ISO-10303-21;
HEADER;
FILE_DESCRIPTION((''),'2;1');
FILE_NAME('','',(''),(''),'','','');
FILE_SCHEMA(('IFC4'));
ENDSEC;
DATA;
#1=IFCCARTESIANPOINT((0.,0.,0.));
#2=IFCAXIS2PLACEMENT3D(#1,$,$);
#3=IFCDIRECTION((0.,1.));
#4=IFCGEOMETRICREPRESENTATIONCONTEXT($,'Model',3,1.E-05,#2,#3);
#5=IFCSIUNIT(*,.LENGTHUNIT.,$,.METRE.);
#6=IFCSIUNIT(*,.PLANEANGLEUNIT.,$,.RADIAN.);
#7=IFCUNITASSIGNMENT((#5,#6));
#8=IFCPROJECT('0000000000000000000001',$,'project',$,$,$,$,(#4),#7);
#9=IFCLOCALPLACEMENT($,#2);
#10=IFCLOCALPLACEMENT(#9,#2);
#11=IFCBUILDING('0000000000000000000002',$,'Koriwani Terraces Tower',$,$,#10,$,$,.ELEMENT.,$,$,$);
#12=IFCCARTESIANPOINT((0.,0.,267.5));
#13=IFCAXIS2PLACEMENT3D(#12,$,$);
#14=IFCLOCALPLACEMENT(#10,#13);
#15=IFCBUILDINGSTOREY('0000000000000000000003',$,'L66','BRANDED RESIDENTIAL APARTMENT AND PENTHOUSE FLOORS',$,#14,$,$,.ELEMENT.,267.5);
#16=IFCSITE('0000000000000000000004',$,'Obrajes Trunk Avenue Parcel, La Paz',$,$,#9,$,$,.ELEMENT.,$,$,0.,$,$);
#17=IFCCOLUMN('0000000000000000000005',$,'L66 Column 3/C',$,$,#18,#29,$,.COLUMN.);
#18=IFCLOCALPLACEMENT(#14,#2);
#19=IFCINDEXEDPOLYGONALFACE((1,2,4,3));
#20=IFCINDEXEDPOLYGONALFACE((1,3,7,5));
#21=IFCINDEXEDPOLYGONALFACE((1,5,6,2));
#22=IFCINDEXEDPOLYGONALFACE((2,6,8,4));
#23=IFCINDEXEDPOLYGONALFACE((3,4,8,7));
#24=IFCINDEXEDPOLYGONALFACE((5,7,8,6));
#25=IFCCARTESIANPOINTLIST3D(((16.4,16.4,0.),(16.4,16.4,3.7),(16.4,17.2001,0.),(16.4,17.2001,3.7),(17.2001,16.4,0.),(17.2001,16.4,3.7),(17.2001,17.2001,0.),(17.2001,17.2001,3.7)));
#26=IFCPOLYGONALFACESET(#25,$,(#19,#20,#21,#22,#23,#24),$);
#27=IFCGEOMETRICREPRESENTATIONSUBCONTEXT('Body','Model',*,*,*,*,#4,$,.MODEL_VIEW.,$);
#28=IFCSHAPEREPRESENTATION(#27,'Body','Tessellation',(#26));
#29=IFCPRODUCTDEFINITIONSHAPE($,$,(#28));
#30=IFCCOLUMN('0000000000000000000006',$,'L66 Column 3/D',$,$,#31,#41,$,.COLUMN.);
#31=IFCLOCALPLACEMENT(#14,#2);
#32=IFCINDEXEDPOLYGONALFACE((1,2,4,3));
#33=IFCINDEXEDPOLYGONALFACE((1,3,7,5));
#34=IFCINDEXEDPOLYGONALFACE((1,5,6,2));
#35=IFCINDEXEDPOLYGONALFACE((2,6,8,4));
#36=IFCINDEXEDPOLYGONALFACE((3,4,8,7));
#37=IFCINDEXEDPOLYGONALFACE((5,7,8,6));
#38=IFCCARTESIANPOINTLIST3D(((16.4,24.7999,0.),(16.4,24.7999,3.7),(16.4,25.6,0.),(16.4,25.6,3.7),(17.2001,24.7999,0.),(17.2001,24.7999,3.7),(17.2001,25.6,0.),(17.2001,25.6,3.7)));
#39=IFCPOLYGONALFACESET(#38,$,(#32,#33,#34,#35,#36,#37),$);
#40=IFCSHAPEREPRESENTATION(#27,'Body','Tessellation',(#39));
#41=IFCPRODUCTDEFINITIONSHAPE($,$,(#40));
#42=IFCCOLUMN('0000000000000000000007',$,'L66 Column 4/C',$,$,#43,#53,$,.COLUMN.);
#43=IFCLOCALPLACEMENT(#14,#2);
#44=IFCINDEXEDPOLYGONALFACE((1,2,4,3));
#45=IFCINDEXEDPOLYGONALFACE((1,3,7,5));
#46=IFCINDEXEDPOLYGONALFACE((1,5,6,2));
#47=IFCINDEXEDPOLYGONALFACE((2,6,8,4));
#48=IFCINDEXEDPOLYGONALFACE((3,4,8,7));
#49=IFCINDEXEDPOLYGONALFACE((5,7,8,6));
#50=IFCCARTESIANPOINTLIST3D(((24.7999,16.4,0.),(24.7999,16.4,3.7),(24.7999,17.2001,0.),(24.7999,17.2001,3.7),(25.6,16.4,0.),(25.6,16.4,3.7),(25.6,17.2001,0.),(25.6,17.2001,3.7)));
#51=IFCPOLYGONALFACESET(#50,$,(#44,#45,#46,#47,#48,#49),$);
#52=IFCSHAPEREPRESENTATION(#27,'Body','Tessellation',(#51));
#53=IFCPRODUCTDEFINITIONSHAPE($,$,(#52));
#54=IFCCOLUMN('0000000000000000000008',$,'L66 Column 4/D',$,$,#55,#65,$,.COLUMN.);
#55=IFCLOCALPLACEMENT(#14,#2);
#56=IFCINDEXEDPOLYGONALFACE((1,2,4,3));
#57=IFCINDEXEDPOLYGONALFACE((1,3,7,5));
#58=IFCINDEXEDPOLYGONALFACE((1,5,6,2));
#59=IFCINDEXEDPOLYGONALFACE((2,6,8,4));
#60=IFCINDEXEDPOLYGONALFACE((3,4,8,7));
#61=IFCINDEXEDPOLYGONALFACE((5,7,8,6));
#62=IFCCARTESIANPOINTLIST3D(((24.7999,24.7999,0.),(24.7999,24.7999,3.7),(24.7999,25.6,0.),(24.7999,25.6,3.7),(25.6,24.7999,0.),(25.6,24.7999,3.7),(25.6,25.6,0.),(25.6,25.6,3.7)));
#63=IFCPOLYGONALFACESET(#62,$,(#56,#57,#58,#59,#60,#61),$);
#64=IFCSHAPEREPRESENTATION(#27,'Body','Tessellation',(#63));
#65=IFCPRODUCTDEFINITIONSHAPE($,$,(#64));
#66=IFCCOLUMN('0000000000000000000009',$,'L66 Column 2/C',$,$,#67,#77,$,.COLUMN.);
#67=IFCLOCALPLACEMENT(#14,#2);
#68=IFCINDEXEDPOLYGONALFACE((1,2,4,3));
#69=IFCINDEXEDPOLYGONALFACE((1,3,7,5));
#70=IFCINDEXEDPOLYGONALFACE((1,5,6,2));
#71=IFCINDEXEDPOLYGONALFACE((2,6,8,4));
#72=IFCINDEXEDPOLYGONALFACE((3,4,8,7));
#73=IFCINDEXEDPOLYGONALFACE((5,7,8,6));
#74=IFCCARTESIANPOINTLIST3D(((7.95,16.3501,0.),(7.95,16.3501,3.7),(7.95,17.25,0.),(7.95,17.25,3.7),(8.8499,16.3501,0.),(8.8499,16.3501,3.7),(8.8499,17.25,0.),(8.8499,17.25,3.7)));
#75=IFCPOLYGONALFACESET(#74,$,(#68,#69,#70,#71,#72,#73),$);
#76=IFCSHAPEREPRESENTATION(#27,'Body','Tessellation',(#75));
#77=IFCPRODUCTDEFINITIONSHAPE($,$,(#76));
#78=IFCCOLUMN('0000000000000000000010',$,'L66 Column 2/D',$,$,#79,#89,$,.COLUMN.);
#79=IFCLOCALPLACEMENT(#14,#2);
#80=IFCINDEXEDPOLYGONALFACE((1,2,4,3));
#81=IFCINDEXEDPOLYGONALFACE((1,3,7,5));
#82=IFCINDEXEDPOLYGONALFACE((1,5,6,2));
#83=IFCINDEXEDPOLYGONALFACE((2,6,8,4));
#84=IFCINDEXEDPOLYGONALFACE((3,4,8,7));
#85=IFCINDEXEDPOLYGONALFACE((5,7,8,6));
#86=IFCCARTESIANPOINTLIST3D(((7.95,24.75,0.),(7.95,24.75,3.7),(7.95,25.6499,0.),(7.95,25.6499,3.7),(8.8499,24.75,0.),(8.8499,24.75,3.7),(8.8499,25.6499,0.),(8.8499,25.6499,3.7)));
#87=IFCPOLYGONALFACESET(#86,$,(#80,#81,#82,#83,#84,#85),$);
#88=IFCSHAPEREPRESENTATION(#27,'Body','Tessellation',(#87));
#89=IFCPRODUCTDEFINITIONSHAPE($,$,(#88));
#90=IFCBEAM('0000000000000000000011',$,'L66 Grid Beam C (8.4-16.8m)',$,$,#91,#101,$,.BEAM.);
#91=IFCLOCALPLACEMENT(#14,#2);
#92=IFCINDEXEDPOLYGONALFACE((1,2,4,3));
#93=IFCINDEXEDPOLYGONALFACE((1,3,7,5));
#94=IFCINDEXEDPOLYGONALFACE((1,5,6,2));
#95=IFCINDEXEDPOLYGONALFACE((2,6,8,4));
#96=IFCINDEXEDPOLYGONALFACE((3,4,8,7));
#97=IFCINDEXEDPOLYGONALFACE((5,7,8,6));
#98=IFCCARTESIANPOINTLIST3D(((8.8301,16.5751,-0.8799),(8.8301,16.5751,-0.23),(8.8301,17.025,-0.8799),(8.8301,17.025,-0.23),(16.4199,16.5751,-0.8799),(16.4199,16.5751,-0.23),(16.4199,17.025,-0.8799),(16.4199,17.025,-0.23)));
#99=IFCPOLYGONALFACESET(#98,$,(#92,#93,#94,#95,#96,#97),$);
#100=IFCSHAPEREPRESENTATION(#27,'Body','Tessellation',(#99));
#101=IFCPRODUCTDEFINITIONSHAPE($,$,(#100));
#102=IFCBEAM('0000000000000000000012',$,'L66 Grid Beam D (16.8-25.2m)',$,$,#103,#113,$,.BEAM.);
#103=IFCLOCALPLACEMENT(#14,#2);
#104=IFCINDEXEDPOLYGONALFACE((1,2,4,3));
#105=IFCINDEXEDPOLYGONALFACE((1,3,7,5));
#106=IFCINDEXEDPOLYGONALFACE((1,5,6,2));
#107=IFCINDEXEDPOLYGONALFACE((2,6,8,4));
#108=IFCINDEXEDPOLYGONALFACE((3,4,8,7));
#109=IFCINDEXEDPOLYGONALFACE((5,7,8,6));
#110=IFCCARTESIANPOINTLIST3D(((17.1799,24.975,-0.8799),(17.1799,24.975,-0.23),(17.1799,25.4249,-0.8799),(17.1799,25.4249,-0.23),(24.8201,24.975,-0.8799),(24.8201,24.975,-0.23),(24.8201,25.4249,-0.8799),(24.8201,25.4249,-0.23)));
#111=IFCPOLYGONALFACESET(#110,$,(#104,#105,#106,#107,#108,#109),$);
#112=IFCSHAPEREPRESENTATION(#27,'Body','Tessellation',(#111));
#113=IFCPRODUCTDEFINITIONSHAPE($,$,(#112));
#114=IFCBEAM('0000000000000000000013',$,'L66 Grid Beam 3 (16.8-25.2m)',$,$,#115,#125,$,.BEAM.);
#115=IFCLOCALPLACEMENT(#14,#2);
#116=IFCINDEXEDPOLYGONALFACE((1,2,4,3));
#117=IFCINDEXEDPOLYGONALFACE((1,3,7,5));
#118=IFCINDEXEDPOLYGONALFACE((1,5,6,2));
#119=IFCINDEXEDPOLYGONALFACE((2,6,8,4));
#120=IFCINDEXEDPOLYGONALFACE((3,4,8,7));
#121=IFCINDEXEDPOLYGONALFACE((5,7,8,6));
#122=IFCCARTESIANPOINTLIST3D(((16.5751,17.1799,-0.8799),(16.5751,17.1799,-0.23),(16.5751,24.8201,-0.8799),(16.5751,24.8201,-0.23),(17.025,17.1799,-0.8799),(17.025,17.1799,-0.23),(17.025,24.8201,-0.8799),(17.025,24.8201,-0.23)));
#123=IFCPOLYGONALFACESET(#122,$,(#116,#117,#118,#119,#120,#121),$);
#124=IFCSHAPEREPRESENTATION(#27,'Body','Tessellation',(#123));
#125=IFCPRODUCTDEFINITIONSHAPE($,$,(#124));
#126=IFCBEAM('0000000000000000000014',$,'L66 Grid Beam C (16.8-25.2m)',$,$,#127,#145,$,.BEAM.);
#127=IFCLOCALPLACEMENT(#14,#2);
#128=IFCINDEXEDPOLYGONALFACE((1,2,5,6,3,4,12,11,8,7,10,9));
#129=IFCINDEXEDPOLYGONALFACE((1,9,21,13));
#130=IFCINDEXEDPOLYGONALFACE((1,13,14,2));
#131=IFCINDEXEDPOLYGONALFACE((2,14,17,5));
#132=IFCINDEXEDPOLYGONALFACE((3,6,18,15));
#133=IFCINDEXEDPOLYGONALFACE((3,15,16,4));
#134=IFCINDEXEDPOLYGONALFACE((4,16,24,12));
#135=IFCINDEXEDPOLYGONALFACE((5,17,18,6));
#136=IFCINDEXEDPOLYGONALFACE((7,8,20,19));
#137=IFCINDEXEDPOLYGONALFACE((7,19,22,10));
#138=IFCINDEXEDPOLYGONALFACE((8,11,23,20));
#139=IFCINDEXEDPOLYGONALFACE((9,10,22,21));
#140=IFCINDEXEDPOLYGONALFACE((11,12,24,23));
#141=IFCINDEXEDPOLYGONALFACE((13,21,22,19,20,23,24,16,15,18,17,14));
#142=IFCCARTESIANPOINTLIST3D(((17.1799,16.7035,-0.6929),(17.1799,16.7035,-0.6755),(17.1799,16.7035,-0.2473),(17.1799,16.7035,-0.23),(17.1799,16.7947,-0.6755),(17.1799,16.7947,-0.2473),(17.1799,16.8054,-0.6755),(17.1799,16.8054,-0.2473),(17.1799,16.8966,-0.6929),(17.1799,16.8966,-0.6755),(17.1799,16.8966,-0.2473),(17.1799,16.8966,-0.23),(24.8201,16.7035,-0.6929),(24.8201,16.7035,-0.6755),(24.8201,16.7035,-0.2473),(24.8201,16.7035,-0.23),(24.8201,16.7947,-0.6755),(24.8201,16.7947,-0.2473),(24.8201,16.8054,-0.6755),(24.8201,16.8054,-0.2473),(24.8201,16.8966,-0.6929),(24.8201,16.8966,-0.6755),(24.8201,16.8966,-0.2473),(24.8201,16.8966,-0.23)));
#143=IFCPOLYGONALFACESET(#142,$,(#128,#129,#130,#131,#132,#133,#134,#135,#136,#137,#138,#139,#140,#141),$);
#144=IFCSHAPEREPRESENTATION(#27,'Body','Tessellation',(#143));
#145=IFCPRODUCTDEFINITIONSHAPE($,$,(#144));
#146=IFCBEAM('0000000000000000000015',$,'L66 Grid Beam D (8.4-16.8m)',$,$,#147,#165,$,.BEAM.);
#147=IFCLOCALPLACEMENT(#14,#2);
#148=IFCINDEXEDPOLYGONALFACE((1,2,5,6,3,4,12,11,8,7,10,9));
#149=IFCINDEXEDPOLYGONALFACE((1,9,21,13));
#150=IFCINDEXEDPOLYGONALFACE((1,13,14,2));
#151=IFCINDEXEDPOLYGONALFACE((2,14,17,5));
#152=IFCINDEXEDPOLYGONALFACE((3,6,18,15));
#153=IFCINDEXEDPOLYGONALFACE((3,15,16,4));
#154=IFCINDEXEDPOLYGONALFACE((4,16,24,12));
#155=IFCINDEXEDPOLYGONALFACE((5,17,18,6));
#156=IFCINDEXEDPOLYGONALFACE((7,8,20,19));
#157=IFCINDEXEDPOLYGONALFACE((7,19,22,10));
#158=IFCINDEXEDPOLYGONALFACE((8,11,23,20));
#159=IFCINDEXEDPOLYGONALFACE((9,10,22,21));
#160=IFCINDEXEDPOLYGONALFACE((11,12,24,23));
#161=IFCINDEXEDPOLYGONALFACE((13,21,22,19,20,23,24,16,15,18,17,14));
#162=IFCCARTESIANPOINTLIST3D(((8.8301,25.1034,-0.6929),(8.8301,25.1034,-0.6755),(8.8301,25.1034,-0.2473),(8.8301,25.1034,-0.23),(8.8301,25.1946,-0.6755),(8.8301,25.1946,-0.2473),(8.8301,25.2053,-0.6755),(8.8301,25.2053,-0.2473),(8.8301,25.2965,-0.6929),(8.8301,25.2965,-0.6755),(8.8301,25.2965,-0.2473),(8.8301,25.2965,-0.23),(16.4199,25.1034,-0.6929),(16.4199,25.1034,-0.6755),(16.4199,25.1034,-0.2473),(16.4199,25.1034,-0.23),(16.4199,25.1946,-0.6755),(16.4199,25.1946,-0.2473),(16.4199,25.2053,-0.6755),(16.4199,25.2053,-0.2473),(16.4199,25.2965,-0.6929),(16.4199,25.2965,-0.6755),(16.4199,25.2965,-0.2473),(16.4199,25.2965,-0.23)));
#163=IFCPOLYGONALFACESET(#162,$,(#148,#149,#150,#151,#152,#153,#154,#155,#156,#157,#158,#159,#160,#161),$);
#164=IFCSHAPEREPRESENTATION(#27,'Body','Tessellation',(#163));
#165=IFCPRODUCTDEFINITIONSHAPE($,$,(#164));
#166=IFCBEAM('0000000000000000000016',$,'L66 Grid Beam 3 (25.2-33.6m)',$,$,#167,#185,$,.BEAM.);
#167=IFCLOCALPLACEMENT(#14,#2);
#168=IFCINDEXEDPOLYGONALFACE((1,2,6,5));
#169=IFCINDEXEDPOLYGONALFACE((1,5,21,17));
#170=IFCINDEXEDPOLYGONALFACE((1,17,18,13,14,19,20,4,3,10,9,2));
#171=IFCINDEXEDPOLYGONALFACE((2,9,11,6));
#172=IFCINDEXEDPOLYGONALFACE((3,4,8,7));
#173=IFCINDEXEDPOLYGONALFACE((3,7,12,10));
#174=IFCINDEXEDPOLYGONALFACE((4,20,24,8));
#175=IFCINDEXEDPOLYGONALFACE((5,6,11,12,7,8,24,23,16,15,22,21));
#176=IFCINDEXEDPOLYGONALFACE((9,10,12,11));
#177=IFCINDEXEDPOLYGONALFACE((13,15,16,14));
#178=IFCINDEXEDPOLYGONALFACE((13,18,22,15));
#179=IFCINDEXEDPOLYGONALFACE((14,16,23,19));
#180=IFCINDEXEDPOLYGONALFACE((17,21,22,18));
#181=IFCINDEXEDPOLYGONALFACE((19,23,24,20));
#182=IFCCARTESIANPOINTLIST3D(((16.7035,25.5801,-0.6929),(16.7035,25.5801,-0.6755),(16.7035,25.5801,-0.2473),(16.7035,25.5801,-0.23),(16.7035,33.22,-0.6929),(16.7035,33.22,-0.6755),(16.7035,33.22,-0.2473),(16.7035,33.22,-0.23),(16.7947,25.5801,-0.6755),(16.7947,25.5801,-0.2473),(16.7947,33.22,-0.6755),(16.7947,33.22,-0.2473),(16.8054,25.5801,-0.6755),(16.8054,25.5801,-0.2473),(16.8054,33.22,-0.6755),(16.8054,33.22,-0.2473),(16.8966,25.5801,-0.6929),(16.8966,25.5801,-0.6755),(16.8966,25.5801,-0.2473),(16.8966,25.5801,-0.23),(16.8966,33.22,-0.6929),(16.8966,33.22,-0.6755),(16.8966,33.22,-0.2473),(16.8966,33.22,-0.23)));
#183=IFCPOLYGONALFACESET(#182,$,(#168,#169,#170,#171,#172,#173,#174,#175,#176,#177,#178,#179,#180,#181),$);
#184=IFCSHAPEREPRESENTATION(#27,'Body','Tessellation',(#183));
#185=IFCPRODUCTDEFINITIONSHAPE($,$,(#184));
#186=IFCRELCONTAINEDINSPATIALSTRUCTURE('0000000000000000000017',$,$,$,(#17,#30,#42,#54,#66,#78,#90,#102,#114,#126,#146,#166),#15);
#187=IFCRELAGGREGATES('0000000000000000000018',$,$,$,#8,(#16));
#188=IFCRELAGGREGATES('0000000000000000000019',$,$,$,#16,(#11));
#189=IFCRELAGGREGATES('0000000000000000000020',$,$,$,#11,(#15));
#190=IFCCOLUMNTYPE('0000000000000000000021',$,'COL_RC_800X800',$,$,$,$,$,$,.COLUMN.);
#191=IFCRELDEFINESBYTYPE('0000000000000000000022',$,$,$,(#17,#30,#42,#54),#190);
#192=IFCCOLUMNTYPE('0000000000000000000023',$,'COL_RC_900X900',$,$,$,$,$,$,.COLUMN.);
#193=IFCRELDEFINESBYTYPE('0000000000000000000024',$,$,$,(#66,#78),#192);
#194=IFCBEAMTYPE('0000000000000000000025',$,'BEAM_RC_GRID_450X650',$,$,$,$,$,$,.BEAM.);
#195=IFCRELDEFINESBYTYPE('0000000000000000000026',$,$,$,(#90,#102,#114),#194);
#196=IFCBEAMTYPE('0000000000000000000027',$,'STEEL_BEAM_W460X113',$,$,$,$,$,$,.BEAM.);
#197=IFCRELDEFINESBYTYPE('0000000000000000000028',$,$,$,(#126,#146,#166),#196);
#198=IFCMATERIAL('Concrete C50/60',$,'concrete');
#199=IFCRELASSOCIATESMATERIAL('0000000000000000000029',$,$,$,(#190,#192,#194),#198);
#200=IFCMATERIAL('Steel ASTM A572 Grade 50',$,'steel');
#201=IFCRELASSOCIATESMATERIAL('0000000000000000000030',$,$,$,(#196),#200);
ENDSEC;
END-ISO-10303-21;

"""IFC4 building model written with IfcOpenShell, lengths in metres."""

from ifc_helpers import new_model, si_unit, direction, frame, origin, origin_2d, place, context, subcontext, project, spatial, rectangle, i_section, extrude, material, material_profile, profile_set, type_object, element, save


model = new_model("IFC4")

# Units and contexts
model_context = context("Model", 3, precision=1e-05, world=origin(), true_north=direction((0.0, 1.0)))
body_context = subcontext(model_context, "Body", "Model", "MODEL_VIEW")
ifc_project = project(units=[si_unit("LENGTHUNIT", "METRE"), si_unit("PLANEANGLEUNIT", "RADIAN")], contexts=[model_context])

# Site, building, storey
site_placement = place(None, origin())
site = spatial("IfcSite", under=ifc_project, at=site_placement, Name="Obrajes Trunk Avenue Parcel, La Paz", CompositionType="ELEMENT", RefElevation=0.0)
building_placement = place(site_placement, origin())
building = spatial("IfcBuilding", under=site, at=building_placement, Name="Koriwani Terraces Tower", CompositionType="ELEMENT")
storey_placement = place(building_placement, frame((0.0, 0.0, 267.5)))
storey = spatial("IfcBuildingStorey", under=building, at=storey_placement, Name="L66", Description="BRANDED RESIDENTIAL APARTMENT AND PENTHOUSE FLOORS", CompositionType="ELEMENT", Elevation=267.5)

# Columns
ifc_material_1 = material(Name="Concrete C50/60", Category="concrete")
ifc_material_profile_1 = material_profile(ifc_material_1, rectangle(XDim=0.8, YDim=0.8, at=origin_2d()), Name="Concrete C50/60", Category="LoadBearing")
ifc_profile_set_1 = profile_set([ifc_material_profile_1], Name="Concrete C50/60")
column_type_1 = type_object("IfcColumnType", Name="COL_RC_800X800", PredefinedType="COLUMN", material=ifc_profile_set_1)
for number, where, z_axis, x_axis, name in (
    (1, (16.8, 16.8, 0.0), (0.0, 0.0, 1.0), (1.0, 0.0, 0.0), "L66 Column 3/C"),
    (2, (16.8, 25.2, 0.0), (0.0, 0.0, 1.0), (1.0, 0.0, 0.0), "L66 Column 3/D"),
    (3, (25.2, 16.8, 0.0), (0.0, 0.0, 1.0), (1.0, 0.0, 0.0), "L66 Column 4/C"),
    (4, (25.2, 25.2, 0.0), (0.0, 0.0, 1.0), (1.0, 0.0, 0.0), "L66 Column 4/D"),
):
    element("IfcColumn", number, at=place(storey_placement, frame(where, z_axis=z_axis, x_axis=x_axis)), inside=storey, type_object=column_type_1, Name=name, PredefinedType="COLUMN", context=body_context, shape_type="SweptSolid", body=[
        extrude(rectangle(XDim=0.8, YDim=0.8, at=origin_2d()), origin(), (0.0, 0.0, 1.0), 3.7),
    ])
ifc_material_profile_2 = material_profile(ifc_material_1, rectangle(XDim=0.8999, YDim=0.8999, at=origin_2d()), Name="Concrete C50/60", Category="LoadBearing")
ifc_profile_set_2 = profile_set([ifc_material_profile_2], Name="Concrete C50/60")
column_type_2 = type_object("IfcColumnType", Name="COL_RC_900X900", PredefinedType="COLUMN", material=ifc_profile_set_2)
for number, where, z_axis, x_axis, name in (
    (5, (8.3999, 16.8, 0.0), (0.0, 0.0, 1.0), (1.0, 0.0, 0.0), "L66 Column 2/C"),
    (6, (8.3999, 25.2, 0.0), (0.0, 0.0, 1.0), (1.0, 0.0, 0.0), "L66 Column 2/D"),
):
    element("IfcColumn", number, at=place(storey_placement, frame(where, z_axis=z_axis, x_axis=x_axis)), inside=storey, type_object=column_type_2, Name=name, PredefinedType="COLUMN", context=body_context, shape_type="SweptSolid", body=[
        extrude(rectangle(XDim=0.8999, YDim=0.8999, at=origin_2d()), origin(), (0.0, 0.0, 1.0), 3.7),
    ])

# Beams
ifc_material_profile_3 = material_profile(ifc_material_1, rectangle(XDim=0.45, YDim=0.6499, at=origin_2d()), Name="Concrete C50/60", Category="LoadBearing")
ifc_profile_set_3 = profile_set([ifc_material_profile_3], Name="Concrete C50/60")
beam_type_1 = type_object("IfcBeamType", Name="BEAM_RC_GRID_450X650", PredefinedType="BEAM", material=ifc_profile_set_3)
beam_1_placement = place(storey_placement, frame((8.8301, 16.8, -0.5549), z_axis=(1.0, 0.0, 0.0), x_axis=(0.0, 1.0, 0.0)))
element("IfcBeam", 7, at=beam_1_placement, inside=storey, type_object=beam_type_1, Name="L66 Grid Beam C (8.4-16.8m)", PredefinedType="BEAM", context=body_context, shape_type="SweptSolid", body=[
    extrude(rectangle(XDim=0.45, YDim=0.6499, at=origin_2d()), origin(), (0.0, 0.0, 1.0), 7.5898),
])
for number, where, z_axis, x_axis, name in (
    (8, (17.1799, 25.2, -0.5549), (1.0, 0.0, 0.0), (0.0, 1.0, 0.0), "L66 Grid Beam D (16.8-25.2m)"),
    (9, (16.8, 17.1799, -0.5549), (0.0, 1.0, 0.0), (-1.0, 0.0, 0.0), "L66 Grid Beam 3 (16.8-25.2m)"),
):
    element("IfcBeam", number, at=place(storey_placement, frame(where, z_axis=z_axis, x_axis=x_axis)), inside=storey, type_object=beam_type_1, Name=name, PredefinedType="BEAM", context=body_context, shape_type="SweptSolid", body=[
        extrude(rectangle(XDim=0.45, YDim=0.6499, at=origin_2d()), origin(), (0.0, 0.0, 1.0), 7.6401),
    ])
ifc_material_2 = material(Name="Steel ASTM A572 Grade 50", Category="steel")
ifc_material_profile_4 = material_profile(ifc_material_2, i_section(OverallWidth=0.1931, OverallDepth=0.4629, WebThickness=0.0107, FlangeThickness=0.0173, at=origin_2d()), Name="Steel ASTM A572 Grade 50", Category="LoadBearing")
ifc_profile_set_4 = profile_set([ifc_material_profile_4], Name="Steel ASTM A572 Grade 50")
beam_type_2 = type_object("IfcBeamType", Name="STEEL_BEAM_W460X113", PredefinedType="BEAM", material=ifc_profile_set_4)
beam_2_placement = place(storey_placement, frame((17.1799, 16.8, -0.4614), z_axis=(1.0, 0.0, 0.0), x_axis=(0.0, 1.0, 0.0)))
element("IfcBeam", 10, at=beam_2_placement, inside=storey, type_object=beam_type_2, Name="L66 Grid Beam C (16.8-25.2m)", PredefinedType="BEAM", context=body_context, shape_type="SweptSolid", body=[
    extrude(i_section(OverallWidth=0.1931, OverallDepth=0.4629, WebThickness=0.0107, FlangeThickness=0.0173, at=origin_2d()), origin(), (0.0, 0.0, 1.0), 7.6401),
])
beam_3_placement = place(storey_placement, frame((8.8301, 25.2, -0.4614), z_axis=(1.0, 0.0, 0.0), x_axis=(0.0, 1.0, 0.0)))
element("IfcBeam", 11, at=beam_3_placement, inside=storey, type_object=beam_type_2, Name="L66 Grid Beam D (8.4-16.8m)", PredefinedType="BEAM", context=body_context, shape_type="SweptSolid", body=[
    extrude(i_section(OverallWidth=0.1931, OverallDepth=0.4629, WebThickness=0.0107, FlangeThickness=0.0173, at=origin_2d()), origin(), (0.0, 0.0, 1.0), 7.5898),
])
beam_4_placement = place(storey_placement, frame((16.8, 25.5801, -0.4614), z_axis=(0.0, 1.0, 0.0), x_axis=(-1.0, 0.0, 0.0)))
element("IfcBeam", 12, at=beam_4_placement, inside=storey, type_object=beam_type_2, Name="L66 Grid Beam 3 (25.2-33.6m)", PredefinedType="BEAM", context=body_context, shape_type="SweptSolid", body=[
    extrude(i_section(OverallWidth=0.1931, OverallDepth=0.4629, WebThickness=0.0107, FlangeThickness=0.0173, at=origin_2d()), origin(), (0.0, 0.0, 1.0), 7.6399),
])

save(model, "model.ifc")
